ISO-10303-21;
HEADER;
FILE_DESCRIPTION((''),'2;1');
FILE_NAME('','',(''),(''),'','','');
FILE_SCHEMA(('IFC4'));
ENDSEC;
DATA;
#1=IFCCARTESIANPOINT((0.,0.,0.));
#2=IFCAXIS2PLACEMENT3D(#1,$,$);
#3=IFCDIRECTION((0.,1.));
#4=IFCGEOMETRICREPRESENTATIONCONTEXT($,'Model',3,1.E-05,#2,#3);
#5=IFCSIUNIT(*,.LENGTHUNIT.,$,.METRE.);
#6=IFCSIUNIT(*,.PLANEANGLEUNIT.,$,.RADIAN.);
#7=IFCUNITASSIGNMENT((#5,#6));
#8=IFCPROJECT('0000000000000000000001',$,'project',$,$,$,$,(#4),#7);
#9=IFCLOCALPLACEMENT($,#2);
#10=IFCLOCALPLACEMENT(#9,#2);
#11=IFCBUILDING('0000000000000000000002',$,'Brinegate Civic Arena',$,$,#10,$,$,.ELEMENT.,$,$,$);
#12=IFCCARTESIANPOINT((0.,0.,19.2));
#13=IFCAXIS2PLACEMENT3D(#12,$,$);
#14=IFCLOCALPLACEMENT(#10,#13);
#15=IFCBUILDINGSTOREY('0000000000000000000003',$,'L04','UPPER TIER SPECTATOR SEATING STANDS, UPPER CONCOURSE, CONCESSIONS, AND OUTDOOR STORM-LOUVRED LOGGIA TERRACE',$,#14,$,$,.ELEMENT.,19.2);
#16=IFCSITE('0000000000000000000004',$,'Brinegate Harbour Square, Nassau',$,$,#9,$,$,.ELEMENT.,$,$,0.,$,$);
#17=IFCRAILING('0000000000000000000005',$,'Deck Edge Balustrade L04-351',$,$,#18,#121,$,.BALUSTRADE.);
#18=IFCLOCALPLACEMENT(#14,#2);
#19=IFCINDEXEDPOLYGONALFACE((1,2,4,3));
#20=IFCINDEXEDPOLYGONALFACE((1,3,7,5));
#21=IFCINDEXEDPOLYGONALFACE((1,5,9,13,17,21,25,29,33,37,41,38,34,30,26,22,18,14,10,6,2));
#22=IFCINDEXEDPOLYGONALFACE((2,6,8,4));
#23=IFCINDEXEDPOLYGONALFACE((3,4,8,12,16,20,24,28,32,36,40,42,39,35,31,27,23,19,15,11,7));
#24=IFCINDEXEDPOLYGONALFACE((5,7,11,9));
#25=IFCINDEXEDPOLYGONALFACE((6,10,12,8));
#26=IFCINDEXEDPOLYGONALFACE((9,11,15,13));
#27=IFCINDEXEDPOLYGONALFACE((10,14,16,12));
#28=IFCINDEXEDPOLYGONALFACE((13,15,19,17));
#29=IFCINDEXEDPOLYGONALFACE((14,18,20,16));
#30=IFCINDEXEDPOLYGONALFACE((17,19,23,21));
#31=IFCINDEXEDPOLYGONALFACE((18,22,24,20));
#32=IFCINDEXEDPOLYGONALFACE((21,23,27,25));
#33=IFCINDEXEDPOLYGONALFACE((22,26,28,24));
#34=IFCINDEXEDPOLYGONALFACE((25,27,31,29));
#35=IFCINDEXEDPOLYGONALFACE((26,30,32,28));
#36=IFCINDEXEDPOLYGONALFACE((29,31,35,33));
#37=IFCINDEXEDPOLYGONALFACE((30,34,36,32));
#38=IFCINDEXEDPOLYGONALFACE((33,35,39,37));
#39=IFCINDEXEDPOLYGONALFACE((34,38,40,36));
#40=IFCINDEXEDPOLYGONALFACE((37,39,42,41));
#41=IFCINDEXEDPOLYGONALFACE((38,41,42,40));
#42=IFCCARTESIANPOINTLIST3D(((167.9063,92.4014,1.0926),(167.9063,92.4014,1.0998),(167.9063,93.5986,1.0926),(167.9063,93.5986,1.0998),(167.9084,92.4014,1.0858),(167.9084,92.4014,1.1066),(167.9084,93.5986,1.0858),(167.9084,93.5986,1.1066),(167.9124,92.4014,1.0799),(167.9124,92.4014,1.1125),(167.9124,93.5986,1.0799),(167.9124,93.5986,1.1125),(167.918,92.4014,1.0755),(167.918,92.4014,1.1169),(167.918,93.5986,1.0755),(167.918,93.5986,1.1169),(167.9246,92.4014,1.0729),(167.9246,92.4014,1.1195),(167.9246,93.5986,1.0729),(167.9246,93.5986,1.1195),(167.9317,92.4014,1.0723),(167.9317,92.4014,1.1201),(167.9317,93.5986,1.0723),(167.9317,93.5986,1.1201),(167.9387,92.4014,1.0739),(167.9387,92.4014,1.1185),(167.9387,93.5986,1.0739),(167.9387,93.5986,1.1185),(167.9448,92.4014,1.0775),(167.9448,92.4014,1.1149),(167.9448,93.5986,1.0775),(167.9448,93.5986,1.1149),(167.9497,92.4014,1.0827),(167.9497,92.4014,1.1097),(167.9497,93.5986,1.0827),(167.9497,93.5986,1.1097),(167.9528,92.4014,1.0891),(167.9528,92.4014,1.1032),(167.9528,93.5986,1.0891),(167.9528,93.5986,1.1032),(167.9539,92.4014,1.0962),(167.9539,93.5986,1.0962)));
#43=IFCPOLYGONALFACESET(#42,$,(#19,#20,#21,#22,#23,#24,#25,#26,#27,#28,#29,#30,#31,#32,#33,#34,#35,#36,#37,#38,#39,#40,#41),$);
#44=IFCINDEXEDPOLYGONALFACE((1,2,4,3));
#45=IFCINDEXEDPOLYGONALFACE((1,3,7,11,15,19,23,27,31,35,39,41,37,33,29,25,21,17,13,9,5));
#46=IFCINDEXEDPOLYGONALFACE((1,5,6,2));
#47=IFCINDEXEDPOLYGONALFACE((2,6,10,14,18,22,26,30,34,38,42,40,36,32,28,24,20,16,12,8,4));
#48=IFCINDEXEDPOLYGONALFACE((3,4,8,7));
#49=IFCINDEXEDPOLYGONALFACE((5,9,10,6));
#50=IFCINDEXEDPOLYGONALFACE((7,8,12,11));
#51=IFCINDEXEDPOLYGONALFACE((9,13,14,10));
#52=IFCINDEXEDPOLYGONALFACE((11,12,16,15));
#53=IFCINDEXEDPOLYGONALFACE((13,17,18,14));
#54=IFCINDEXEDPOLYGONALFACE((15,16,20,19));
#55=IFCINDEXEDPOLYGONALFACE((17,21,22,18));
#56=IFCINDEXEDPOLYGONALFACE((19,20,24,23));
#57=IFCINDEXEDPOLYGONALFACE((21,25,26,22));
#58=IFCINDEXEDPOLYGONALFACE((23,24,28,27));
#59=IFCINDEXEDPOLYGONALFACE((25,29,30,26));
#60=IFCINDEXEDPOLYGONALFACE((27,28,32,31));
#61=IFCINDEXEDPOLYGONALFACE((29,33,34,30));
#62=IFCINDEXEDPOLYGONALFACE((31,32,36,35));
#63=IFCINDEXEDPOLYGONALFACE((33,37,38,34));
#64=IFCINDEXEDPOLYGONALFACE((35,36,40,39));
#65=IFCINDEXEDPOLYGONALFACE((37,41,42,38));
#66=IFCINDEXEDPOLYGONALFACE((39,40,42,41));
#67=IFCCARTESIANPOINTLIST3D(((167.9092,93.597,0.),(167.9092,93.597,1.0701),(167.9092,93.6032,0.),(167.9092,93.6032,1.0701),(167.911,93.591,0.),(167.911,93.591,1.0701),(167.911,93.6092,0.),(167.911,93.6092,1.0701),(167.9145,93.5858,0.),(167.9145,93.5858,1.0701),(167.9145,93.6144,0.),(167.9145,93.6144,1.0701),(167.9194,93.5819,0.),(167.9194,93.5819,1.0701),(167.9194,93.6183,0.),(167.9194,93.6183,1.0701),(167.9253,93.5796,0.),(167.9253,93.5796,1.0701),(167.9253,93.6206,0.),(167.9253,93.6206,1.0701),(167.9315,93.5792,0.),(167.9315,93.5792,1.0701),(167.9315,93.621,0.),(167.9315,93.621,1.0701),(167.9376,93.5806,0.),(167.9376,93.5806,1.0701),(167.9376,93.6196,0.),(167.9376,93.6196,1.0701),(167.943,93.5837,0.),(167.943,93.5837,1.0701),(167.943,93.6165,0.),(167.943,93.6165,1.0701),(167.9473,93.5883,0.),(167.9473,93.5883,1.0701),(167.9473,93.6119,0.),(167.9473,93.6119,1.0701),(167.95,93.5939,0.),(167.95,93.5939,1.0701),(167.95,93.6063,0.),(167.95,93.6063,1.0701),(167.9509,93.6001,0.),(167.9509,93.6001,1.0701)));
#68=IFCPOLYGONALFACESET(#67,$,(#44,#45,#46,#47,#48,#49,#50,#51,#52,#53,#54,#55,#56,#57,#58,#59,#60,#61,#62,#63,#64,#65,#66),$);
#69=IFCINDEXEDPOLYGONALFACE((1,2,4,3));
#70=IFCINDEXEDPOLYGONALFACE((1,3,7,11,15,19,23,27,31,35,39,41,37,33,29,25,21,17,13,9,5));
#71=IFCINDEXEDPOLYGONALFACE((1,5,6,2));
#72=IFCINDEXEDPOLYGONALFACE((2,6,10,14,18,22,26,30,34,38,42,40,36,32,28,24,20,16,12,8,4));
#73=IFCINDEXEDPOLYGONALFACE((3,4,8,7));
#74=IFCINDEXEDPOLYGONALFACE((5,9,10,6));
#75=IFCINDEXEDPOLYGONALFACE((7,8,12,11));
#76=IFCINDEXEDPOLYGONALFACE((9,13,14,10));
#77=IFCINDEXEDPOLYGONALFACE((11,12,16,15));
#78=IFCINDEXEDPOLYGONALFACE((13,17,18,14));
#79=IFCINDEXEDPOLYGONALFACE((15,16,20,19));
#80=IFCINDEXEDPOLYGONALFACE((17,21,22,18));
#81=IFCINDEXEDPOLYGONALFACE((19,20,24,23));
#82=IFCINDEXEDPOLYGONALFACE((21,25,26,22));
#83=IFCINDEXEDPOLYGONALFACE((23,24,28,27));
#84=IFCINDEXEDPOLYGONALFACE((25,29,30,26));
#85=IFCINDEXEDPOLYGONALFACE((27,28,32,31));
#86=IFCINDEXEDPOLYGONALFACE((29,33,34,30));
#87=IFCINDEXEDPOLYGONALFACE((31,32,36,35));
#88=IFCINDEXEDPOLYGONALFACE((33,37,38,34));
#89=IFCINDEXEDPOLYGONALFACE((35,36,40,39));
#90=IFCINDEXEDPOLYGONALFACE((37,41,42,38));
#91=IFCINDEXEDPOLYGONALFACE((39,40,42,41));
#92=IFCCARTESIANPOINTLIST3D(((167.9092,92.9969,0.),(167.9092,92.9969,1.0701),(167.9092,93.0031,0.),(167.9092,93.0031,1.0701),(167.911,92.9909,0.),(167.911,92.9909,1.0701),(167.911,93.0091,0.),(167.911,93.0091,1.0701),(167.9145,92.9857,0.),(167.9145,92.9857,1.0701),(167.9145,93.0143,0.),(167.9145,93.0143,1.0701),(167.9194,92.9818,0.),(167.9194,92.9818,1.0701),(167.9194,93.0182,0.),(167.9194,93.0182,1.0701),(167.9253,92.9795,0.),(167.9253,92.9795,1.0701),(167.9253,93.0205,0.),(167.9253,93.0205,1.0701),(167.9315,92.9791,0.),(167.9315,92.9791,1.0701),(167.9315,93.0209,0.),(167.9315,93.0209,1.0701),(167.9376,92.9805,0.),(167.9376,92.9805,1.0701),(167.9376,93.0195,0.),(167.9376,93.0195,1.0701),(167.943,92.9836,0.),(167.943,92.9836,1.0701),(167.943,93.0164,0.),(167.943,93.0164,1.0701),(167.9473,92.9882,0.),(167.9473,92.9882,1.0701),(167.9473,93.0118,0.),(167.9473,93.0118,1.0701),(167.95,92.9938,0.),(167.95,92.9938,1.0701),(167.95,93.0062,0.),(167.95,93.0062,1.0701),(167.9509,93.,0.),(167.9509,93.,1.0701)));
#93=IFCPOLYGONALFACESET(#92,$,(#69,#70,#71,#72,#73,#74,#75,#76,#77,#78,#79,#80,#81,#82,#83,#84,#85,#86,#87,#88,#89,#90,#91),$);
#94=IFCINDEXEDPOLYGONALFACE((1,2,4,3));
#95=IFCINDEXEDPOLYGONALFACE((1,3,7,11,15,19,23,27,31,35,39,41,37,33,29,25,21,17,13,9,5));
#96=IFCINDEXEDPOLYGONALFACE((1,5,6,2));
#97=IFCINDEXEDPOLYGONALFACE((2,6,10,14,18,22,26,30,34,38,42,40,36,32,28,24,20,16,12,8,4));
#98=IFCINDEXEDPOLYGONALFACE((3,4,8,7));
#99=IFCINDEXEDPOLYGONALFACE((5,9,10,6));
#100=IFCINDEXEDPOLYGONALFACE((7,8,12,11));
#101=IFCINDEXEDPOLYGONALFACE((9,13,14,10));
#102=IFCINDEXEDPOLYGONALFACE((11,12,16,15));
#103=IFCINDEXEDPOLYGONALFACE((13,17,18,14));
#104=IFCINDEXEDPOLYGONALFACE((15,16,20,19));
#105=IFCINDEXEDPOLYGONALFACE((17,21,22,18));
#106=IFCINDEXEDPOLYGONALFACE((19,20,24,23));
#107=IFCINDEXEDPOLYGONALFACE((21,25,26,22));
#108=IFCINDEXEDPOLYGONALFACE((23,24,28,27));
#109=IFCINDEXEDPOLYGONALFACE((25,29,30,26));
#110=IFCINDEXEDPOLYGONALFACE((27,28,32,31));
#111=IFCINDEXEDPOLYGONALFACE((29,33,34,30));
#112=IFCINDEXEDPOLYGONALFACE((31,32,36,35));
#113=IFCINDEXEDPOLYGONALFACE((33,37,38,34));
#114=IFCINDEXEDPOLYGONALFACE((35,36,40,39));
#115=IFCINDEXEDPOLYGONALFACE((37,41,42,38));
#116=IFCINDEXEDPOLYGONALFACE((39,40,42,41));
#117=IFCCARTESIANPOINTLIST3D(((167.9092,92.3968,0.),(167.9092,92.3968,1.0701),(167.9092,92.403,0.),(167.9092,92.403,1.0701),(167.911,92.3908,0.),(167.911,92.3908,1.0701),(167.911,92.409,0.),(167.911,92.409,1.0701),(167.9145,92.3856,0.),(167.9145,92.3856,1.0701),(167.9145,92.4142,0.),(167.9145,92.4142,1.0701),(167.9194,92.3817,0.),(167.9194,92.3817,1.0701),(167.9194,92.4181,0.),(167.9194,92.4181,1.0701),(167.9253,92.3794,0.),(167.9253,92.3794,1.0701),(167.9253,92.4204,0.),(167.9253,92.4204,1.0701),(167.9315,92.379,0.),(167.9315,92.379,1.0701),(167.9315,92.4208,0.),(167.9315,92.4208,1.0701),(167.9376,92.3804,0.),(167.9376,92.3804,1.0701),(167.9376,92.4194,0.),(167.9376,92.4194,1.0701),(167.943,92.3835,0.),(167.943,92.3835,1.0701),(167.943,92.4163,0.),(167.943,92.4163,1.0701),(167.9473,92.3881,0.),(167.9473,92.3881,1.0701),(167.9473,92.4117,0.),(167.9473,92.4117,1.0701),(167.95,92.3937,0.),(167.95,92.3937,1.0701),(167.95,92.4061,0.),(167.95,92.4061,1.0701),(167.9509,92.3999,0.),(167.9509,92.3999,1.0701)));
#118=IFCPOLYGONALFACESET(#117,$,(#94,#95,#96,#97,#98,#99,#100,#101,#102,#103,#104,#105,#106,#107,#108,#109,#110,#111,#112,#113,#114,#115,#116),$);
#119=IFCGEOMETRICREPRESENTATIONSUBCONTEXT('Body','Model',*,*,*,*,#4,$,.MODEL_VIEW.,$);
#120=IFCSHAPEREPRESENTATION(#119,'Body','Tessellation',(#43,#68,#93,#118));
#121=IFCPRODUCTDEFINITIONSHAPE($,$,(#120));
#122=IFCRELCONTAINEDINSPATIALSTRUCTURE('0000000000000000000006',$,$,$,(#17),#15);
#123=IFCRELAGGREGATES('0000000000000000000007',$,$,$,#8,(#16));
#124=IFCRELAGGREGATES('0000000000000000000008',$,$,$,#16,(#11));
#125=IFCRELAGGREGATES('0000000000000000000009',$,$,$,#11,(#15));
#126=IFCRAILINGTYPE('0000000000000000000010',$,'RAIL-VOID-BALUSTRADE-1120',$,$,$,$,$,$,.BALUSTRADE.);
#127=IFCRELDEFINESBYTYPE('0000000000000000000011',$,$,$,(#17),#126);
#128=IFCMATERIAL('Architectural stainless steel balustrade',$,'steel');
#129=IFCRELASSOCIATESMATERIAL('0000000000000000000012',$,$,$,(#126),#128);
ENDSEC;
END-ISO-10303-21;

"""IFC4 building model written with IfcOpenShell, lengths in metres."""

from ifc_helpers import new_model, si_unit, direction, frame, origin, origin_2d, place, context, subcontext, project, spatial, circle, extrude, material, type_object, element, save


model = new_model("IFC4")

# Units and contexts
model_context = context("Model", 3, precision=1e-05, world=origin(), true_north=direction((0.0, 1.0)))
body_context = subcontext(model_context, "Body", "Model", "MODEL_VIEW")
ifc_project = project(units=[si_unit("LENGTHUNIT", "METRE"), si_unit("PLANEANGLEUNIT", "RADIAN")], contexts=[model_context])

# Site, building, storey
site_placement = place(None, origin())
site = spatial("IfcSite", under=ifc_project, at=site_placement, Name="Brinegate Harbour Square, Nassau", CompositionType="ELEMENT", RefElevation=0.0)
building_placement = place(site_placement, origin())
building = spatial("IfcBuilding", under=site, at=building_placement, Name="Brinegate Civic Arena", CompositionType="ELEMENT")
storey_placement = place(building_placement, frame((0.0, 0.0, 19.2)))
storey = spatial("IfcBuildingStorey", under=building, at=storey_placement, Name="L04", Description="UPPER TIER SPECTATOR SEATING STANDS, UPPER CONCOURSE, CONCESSIONS, AND OUTDOOR STORM-LOUVRED LOGGIA TERRACE", CompositionType="ELEMENT", Elevation=19.2)

# Railing
ifc_material_1 = material(Name="Architectural stainless steel balustrade", Category="steel")
railing_type_1 = type_object("IfcRailingType", Name="RAIL-VOID-BALUSTRADE-1120", PredefinedType="BALUSTRADE", material=ifc_material_1)
railing_1_placement = place(storey_placement, frame((167.9299, 93.6001, 0.0)))
element("IfcRailing", 1, at=railing_1_placement, inside=storey, type_object=railing_type_1, Name="Deck Edge Balustrade L04-351", PredefinedType="BALUSTRADE", context=body_context, shape_type="SweptSolid", body=[
    extrude(circle(Radius=0.0239, at=origin_2d()), frame((0.0, -0.0015, 1.0962), z_axis=(0.0, -1.0, 0.0), x_axis=(1.0, 0.0, 0.0)), (0.0, 0.0, 1.0), 1.1973),
    extrude(circle(Radius=0.021, at=origin_2d()), origin(), (0.0, 0.0, 1.0), 1.0701),
    extrude(circle(Radius=0.021, at=origin_2d()), frame((0.0, -0.6001, 0.0)), (0.0, 0.0, 1.0), 1.0701),
    extrude(circle(Radius=0.021, at=origin_2d()), frame((0.0, -1.2002, 0.0)), (0.0, 0.0, 1.0), 1.0701),
])

save(model, "model.ifc")
